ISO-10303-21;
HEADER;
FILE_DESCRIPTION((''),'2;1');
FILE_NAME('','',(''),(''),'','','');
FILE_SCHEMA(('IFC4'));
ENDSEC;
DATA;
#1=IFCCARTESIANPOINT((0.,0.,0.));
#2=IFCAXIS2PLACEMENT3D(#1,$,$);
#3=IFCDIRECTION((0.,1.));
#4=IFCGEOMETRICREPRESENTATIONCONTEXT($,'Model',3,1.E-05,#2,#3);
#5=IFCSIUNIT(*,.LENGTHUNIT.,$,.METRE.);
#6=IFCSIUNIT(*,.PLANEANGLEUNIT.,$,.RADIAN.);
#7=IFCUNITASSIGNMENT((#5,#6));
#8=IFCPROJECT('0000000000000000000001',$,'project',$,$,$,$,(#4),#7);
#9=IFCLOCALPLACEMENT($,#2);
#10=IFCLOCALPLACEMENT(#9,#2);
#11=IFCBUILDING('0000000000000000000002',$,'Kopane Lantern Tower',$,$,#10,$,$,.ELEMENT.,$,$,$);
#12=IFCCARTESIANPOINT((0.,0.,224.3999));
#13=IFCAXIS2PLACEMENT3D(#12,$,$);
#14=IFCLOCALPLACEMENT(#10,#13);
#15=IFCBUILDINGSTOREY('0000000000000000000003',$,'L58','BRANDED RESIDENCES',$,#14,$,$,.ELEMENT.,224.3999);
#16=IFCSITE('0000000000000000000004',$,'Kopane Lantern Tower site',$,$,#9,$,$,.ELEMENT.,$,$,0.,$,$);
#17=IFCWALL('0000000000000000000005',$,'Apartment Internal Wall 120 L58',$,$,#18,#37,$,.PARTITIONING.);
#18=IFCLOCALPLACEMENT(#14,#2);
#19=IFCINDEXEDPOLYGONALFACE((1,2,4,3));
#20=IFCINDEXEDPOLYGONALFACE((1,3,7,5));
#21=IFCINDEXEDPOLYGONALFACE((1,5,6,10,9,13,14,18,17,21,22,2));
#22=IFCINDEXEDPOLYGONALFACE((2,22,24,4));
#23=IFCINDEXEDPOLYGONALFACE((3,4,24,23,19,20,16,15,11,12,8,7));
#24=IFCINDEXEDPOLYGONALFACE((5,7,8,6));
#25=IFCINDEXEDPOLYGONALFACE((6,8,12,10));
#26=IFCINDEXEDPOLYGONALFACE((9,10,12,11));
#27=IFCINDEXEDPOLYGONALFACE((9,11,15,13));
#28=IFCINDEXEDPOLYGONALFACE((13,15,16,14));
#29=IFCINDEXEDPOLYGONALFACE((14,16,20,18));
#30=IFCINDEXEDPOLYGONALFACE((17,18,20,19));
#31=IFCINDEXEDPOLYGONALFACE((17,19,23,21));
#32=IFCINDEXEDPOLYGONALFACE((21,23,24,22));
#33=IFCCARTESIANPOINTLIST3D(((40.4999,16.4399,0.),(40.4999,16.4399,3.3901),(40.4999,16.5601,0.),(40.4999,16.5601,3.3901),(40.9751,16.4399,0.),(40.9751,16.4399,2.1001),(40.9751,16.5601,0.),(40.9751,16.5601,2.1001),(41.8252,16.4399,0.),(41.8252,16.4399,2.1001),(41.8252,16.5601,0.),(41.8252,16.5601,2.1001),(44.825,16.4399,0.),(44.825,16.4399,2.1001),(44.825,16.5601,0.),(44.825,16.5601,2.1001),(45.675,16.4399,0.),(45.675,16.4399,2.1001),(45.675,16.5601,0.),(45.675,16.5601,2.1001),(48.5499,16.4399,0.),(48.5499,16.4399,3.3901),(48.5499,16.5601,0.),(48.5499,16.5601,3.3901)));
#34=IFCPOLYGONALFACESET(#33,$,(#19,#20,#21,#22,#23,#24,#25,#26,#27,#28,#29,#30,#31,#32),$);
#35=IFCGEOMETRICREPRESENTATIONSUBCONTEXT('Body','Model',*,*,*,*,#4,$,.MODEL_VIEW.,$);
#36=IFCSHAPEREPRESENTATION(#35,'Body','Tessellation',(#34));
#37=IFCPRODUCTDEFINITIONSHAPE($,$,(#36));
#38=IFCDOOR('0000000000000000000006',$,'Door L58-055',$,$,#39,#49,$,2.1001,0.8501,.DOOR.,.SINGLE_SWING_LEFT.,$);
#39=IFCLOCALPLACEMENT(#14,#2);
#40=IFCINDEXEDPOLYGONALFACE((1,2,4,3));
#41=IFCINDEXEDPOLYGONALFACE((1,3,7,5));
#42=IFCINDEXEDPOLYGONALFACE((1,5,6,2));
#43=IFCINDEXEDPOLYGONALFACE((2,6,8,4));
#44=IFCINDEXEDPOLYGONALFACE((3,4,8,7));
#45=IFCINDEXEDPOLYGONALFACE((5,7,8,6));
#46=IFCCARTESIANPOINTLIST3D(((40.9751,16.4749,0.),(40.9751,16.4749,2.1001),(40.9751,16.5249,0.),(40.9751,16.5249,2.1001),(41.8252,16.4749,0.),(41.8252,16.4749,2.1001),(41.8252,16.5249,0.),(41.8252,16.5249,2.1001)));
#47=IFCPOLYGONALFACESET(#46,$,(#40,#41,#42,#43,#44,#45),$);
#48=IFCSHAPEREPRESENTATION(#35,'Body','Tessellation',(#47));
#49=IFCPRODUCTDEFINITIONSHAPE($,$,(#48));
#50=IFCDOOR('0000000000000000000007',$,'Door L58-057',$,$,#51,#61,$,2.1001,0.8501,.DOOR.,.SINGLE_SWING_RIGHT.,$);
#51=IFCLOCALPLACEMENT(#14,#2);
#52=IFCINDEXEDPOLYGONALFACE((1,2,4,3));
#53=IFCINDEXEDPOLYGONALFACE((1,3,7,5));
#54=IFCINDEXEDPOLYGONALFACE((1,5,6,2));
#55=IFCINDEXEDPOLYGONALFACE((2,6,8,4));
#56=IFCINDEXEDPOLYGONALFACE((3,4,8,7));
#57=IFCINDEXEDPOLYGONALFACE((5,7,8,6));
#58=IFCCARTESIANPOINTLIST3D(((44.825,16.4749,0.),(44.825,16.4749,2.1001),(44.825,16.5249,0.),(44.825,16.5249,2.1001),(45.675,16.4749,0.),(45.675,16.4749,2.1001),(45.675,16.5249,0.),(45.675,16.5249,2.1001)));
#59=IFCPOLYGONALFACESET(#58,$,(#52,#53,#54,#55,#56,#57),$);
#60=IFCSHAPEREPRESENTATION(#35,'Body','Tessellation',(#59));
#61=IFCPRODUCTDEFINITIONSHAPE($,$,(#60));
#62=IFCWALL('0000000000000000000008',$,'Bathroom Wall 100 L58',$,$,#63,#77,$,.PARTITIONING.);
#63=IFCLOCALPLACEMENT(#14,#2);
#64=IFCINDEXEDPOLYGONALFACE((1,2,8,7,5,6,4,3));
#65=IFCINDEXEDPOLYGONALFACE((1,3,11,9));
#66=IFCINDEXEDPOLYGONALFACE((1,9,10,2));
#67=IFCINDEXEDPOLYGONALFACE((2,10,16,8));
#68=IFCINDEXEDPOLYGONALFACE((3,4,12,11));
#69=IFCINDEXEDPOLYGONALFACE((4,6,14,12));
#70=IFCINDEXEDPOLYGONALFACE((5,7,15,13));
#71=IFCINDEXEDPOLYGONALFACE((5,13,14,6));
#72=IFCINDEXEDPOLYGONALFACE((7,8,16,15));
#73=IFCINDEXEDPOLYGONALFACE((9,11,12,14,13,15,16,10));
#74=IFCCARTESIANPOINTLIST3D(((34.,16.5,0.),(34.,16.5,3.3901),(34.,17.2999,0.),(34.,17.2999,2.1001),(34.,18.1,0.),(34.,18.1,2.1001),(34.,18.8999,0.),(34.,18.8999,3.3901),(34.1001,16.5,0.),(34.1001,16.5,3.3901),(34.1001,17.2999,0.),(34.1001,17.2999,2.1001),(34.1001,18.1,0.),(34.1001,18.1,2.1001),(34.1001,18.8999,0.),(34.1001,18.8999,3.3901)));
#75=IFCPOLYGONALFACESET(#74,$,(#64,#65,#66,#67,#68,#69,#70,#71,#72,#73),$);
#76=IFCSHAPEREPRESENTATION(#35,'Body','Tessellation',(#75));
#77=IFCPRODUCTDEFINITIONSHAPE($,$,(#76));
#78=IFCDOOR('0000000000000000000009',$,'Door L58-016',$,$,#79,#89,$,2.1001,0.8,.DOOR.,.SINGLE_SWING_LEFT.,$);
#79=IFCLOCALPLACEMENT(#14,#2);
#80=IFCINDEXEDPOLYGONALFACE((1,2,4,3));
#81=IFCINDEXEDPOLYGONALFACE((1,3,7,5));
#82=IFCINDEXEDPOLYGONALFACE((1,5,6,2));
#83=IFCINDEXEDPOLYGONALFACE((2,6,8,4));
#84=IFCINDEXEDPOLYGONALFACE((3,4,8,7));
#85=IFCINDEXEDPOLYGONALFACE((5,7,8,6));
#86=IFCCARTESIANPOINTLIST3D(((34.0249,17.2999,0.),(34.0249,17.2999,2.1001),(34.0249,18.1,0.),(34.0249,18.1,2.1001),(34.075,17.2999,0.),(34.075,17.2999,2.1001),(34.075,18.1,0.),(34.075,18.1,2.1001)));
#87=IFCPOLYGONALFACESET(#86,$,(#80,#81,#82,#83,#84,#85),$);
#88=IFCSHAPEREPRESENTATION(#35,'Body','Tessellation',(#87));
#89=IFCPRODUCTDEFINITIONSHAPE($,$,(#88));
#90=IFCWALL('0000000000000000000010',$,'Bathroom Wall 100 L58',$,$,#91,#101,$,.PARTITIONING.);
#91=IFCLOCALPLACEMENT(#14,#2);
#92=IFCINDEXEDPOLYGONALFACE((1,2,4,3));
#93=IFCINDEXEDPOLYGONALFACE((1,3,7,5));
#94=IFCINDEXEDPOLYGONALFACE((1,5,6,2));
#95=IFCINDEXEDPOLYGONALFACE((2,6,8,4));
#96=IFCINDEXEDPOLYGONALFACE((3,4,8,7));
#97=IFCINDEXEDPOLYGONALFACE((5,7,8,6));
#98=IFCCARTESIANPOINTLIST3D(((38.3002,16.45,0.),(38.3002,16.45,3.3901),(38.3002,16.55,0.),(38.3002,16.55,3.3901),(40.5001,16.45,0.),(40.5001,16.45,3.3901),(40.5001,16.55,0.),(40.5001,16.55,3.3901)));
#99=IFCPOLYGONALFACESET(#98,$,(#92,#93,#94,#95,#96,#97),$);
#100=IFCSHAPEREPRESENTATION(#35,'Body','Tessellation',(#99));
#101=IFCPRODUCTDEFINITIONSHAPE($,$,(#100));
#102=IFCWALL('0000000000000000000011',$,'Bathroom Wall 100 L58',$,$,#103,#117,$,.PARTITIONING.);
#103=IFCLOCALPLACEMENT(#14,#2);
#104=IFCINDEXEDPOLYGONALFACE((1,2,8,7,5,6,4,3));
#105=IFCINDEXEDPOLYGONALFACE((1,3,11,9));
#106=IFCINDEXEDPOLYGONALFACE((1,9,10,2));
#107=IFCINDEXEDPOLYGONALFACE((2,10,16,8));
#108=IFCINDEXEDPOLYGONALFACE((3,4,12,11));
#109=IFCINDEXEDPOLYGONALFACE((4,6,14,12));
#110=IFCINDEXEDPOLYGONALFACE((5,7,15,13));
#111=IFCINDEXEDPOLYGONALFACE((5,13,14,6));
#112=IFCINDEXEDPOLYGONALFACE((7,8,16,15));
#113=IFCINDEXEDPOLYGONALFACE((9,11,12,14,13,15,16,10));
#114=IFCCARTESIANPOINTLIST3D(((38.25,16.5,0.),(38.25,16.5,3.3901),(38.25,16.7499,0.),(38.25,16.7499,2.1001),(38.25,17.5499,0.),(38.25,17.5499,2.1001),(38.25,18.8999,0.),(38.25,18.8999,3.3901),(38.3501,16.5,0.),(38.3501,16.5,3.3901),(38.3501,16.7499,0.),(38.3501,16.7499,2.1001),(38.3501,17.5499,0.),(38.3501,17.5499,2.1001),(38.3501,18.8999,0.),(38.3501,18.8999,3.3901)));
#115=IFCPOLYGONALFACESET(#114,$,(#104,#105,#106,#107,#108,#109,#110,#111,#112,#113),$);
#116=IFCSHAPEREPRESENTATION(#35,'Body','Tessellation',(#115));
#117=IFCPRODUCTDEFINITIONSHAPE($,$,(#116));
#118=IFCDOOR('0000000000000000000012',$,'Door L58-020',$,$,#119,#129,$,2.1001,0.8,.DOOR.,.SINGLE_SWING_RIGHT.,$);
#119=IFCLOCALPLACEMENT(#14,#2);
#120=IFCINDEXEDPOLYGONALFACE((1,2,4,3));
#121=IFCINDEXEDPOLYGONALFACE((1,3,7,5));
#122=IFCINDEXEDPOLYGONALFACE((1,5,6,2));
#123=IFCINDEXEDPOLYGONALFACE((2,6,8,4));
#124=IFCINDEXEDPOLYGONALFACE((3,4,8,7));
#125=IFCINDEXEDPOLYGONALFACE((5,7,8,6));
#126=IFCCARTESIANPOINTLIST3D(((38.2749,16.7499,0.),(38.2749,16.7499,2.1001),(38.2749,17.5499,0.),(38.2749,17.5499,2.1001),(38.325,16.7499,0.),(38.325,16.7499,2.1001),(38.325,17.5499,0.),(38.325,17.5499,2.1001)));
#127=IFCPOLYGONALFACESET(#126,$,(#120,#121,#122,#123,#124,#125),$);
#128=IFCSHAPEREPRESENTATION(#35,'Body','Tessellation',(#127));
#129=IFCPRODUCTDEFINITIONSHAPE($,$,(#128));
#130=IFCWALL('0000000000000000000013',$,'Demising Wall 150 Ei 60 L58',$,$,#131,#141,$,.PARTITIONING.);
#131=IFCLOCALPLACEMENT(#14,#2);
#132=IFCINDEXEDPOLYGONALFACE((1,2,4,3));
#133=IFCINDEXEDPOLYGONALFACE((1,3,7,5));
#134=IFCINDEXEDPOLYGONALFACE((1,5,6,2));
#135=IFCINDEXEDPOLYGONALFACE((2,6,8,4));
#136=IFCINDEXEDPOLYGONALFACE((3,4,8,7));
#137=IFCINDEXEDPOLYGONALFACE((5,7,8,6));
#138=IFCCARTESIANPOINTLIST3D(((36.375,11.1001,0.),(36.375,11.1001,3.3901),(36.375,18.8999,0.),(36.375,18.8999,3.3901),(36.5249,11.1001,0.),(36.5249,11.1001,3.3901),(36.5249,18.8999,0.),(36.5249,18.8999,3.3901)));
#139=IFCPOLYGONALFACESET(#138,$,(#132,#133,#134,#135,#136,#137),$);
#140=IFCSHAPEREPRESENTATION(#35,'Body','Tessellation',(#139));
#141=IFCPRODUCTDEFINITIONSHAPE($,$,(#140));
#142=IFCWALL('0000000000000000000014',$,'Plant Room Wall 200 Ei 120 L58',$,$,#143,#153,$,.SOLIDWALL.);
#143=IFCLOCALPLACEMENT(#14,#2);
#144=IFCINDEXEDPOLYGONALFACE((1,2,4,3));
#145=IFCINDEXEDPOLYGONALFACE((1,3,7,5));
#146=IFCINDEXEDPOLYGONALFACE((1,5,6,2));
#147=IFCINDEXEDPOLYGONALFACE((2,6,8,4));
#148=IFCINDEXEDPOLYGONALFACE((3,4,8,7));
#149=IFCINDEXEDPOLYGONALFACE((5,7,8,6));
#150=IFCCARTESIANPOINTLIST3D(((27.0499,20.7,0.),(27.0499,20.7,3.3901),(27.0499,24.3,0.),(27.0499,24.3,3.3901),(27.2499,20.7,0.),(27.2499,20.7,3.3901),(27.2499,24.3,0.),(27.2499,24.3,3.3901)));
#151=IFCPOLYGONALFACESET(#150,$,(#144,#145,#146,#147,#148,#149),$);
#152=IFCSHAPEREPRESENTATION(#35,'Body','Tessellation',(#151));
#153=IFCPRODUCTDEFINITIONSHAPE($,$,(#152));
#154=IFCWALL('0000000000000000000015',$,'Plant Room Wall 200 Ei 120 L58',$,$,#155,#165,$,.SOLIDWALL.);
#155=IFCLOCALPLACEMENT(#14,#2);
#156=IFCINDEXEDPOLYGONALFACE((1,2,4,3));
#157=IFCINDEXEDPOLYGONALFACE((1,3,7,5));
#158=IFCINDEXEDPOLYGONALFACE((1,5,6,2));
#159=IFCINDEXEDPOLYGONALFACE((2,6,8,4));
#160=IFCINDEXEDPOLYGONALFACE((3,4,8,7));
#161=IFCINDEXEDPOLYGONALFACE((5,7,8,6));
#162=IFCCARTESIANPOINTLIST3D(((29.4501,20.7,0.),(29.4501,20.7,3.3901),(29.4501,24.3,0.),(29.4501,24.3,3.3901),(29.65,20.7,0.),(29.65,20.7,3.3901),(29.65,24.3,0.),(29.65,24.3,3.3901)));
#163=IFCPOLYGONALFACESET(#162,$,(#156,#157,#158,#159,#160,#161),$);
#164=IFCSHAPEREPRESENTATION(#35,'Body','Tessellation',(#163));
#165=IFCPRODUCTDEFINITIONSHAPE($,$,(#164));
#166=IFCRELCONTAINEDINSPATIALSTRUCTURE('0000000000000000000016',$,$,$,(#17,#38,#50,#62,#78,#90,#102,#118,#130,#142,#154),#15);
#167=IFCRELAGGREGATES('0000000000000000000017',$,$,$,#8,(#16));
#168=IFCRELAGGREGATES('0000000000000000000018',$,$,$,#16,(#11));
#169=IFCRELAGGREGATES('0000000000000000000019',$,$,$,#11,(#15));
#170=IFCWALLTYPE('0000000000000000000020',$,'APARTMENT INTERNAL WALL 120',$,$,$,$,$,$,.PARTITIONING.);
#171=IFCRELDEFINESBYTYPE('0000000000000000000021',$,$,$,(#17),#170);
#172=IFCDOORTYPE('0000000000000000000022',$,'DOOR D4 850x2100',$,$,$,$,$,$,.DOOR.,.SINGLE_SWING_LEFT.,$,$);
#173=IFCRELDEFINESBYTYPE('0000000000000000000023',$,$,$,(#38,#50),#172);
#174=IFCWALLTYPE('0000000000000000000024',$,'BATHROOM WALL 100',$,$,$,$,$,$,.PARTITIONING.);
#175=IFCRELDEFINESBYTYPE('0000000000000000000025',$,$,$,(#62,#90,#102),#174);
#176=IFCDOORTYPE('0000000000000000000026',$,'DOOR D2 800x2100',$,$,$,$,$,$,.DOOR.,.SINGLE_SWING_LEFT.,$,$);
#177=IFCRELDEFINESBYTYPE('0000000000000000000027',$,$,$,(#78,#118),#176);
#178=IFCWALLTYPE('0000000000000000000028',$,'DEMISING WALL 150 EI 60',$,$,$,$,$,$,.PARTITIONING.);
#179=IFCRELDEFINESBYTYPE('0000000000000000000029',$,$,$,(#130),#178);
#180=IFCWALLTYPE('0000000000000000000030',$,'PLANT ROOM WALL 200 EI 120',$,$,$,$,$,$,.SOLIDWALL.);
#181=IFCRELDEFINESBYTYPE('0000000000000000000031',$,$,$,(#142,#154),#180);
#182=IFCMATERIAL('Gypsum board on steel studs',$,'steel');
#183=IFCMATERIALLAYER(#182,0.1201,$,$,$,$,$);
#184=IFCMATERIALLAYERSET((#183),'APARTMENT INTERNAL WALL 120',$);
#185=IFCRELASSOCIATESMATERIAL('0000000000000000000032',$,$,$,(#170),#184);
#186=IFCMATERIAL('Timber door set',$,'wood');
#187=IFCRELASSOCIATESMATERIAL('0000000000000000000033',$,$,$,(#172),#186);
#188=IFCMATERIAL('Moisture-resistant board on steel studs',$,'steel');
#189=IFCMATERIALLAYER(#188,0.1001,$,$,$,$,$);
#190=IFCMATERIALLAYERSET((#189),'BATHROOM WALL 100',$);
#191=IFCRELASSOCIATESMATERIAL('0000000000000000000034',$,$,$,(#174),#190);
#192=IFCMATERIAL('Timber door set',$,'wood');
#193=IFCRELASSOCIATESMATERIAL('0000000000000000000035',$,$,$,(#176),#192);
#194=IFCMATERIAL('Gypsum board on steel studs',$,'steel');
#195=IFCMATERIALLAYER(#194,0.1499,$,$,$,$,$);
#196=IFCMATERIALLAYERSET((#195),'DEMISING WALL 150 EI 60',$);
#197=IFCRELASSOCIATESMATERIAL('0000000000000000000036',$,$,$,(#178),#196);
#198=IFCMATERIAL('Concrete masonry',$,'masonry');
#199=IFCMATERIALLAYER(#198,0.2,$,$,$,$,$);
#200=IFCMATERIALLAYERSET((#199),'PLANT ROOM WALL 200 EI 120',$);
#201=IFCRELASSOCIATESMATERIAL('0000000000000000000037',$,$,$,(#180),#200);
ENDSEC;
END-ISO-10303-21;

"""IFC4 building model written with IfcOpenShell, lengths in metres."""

from ifc_helpers import new_model, si_unit, direction, frame, frame_2d, origin, place, context, subcontext, project, spatial, rectangle, extrude, material, layer, layer_set, type_object, element, fill, save


model = new_model("IFC4")

# Units and contexts
model_context = context("Model", 3, precision=1e-05, world=origin(), true_north=direction((0.0, 1.0)))
body_context = subcontext(model_context, "Body", "Model", "MODEL_VIEW")
ifc_project = project(units=[si_unit("LENGTHUNIT", "METRE"), si_unit("PLANEANGLEUNIT", "RADIAN")], contexts=[model_context])

# Site, building, storey
site_placement = place(None, origin())
site = spatial("IfcSite", under=ifc_project, at=site_placement, Name="Kopane Lantern Tower site", CompositionType="ELEMENT", RefElevation=0.0)
building_placement = place(site_placement, origin())
building = spatial("IfcBuilding", under=site, at=building_placement, Name="Kopane Lantern Tower", CompositionType="ELEMENT")
storey_placement = place(building_placement, frame((0.0, 0.0, 224.3999)))
storey = spatial("IfcBuildingStorey", under=building, at=storey_placement, Name="L58", Description="BRANDED RESIDENCES", CompositionType="ELEMENT", Elevation=224.3999)

# Shared definitions
ifc_material_1 = material(Name="Gypsum board on steel studs", Category="steel")
ifc_layer_1 = layer(ifc_material_1, 0.1201)
ifc_layer_set_1 = layer_set([ifc_layer_1], Name="APARTMENT INTERNAL WALL 120")
wall_type_1 = type_object("IfcWallType", Name="APARTMENT INTERNAL WALL 120", PredefinedType="PARTITIONING", material=ifc_layer_set_1)

# Wall, openings, doors
wall_1_placement = place(storey_placement, frame((40.5, 16.5, 0.0), z_axis=(0.0, 0.0, 1.0), x_axis=(1.0, 0.0, 0.0)))
wall_1 = element("IfcWall", 1, at=wall_1_placement, inside=storey, type_object=wall_type_1, Name="Apartment Internal Wall 120 L58", PredefinedType="PARTITIONING", context=body_context, shape_type="SweptSolid", body=[
    extrude(rectangle(XDim=8.05, YDim=0.1201, at=frame_2d((4.0249, 0.0))), origin(), (0.0, 0.0, 1.0), 3.3901),
])
opening_1_placement = place(wall_1_placement, frame((0.4751, 0.0, 0.0)))
opening_1 = element("IfcOpeningElement", 2, at=opening_1_placement, cuts=wall_1, PredefinedType="OPENING", context=body_context, shape_type="SweptSolid", body=[
    extrude(rectangle(XDim=0.8501, YDim=2.1001, at=frame_2d((0.425, 1.05))), frame((0.0, 0.0701, 0.0), z_axis=(0.0, -1.0, 0.0), x_axis=(1.0, 0.0, 0.0)), (0.0, 0.0, 1.0), 0.1401),
])
opening_2_placement = place(wall_1_placement, frame((4.325, 0.0, 0.0)))
opening_2 = element("IfcOpeningElement", 3, at=opening_2_placement, cuts=wall_1, PredefinedType="OPENING", context=body_context, shape_type="SweptSolid", body=[
    extrude(rectangle(XDim=0.8501, YDim=2.1001, at=frame_2d((0.425, 1.05))), frame((0.0, 0.0701, 0.0), z_axis=(0.0, -1.0, 0.0), x_axis=(1.0, 0.0, 0.0)), (0.0, 0.0, 1.0), 0.1401),
])
ifc_material_2 = material(Name="Timber door set", Category="wood")
door_type_1 = type_object("IfcDoorType", Name="DOOR D4 850x2100", OperationType="SINGLE_SWING_LEFT", PredefinedType="DOOR", material=ifc_material_2)
door_1_placement = place(opening_1_placement, origin())
door_1 = element("IfcDoor", 4, at=door_1_placement, inside=storey, type_object=door_type_1, Name="Door L58-055", OperationType="SINGLE_SWING_LEFT", OverallHeight=2.1001, OverallWidth=0.8501, PredefinedType="DOOR", context=body_context, shape_type="SweptSolid", body=[
    extrude(rectangle(XDim=0.8501, YDim=2.1001, at=frame_2d((0.425, 1.05))), frame((0.0, 0.0249, 0.0), z_axis=(0.0, -1.0, 0.0), x_axis=(1.0, 0.0, 0.0)), (0.0, 0.0, 1.0), 0.05),
])
fill(opening_1, door_1)
door_2_placement = place(opening_2_placement, origin())
door_2 = element("IfcDoor", 5, at=door_2_placement, inside=storey, type_object=door_type_1, Name="Door L58-057", OperationType="SINGLE_SWING_RIGHT", OverallHeight=2.1001, OverallWidth=0.8501, PredefinedType="DOOR", context=body_context, shape_type="SweptSolid", body=[
    extrude(rectangle(XDim=0.8501, YDim=2.1001, at=frame_2d((0.425, 1.05))), frame((0.0, 0.0249, 0.0), z_axis=(0.0, -1.0, 0.0), x_axis=(1.0, 0.0, 0.0)), (0.0, 0.0, 1.0), 0.05),
])
fill(opening_2, door_2)

# Wall, opening, door
ifc_material_3 = material(Name="Moisture-resistant board on steel studs", Category="steel")
ifc_layer_2 = layer(ifc_material_3, 0.1001)
ifc_layer_set_2 = layer_set([ifc_layer_2], Name="BATHROOM WALL 100")
wall_type_2 = type_object("IfcWallType", Name="BATHROOM WALL 100", PredefinedType="PARTITIONING", material=ifc_layer_set_2)
wall_2_placement = place(storey_placement, frame((34.05, 18.8999, 0.0), z_axis=(0.0, 0.0, 1.0), x_axis=(0.0, -1.0, 0.0)))
wall_2 = element("IfcWall", 6, at=wall_2_placement, inside=storey, type_object=wall_type_2, Name="Bathroom Wall 100 L58", PredefinedType="PARTITIONING", context=body_context, shape_type="SweptSolid", body=[
    extrude(rectangle(XDim=2.3999, YDim=0.1001, at=frame_2d((1.2, 0.0))), origin(), (0.0, 0.0, 1.0), 3.3901),
])
opening_3_placement = place(wall_2_placement, frame((0.8, 0.0, 0.0)))
opening_3 = element("IfcOpeningElement", 7, at=opening_3_placement, cuts=wall_2, PredefinedType="OPENING", context=body_context, shape_type="SweptSolid", body=[
    extrude(rectangle(XDim=0.8, YDim=2.1001, at=frame_2d((0.3999, 1.05))), frame((0.0, 0.0601, 0.0), z_axis=(0.0, -1.0, 0.0), x_axis=(1.0, 0.0, 0.0)), (0.0, 0.0, 1.0), 0.1201),
])
ifc_material_4 = material(Name="Timber door set", Category="wood")
door_type_2 = type_object("IfcDoorType", Name="DOOR D2 800x2100", OperationType="SINGLE_SWING_LEFT", PredefinedType="DOOR", material=ifc_material_4)
door_3_placement = place(opening_3_placement, origin())
door_3 = element("IfcDoor", 8, at=door_3_placement, inside=storey, type_object=door_type_2, Name="Door L58-016", OperationType="SINGLE_SWING_LEFT", OverallHeight=2.1001, OverallWidth=0.8, PredefinedType="DOOR", context=body_context, shape_type="SweptSolid", body=[
    extrude(rectangle(XDim=0.8, YDim=2.1001, at=frame_2d((0.3999, 1.05))), frame((0.0, 0.0249, 0.0), z_axis=(0.0, -1.0, 0.0), x_axis=(1.0, 0.0, 0.0)), (0.0, 0.0, 1.0), 0.05),
])
fill(opening_3, door_3)

# Wall
wall_3_placement = place(storey_placement, frame((38.3, 16.5, 0.0), z_axis=(0.0, 0.0, 1.0), x_axis=(1.0, 0.0, 0.0)))
element("IfcWall", 9, at=wall_3_placement, inside=storey, type_object=wall_type_2, Name="Bathroom Wall 100 L58", PredefinedType="PARTITIONING", context=body_context, shape_type="SweptSolid", body=[
    extrude(rectangle(XDim=2.2, YDim=0.1001, at=frame_2d((1.1001, 0.0))), origin(), (0.0, 0.0, 1.0), 3.3901),
])

# Wall, opening, door
wall_4_placement = place(storey_placement, frame((38.3, 18.8999, 0.0), z_axis=(0.0, 0.0, 1.0), x_axis=(0.0, -1.0, 0.0)))
wall_4 = element("IfcWall", 10, at=wall_4_placement, inside=storey, type_object=wall_type_2, Name="Bathroom Wall 100 L58", PredefinedType="PARTITIONING", context=body_context, shape_type="SweptSolid", body=[
    extrude(rectangle(XDim=2.3999, YDim=0.1001, at=frame_2d((1.2, 0.0))), origin(), (0.0, 0.0, 1.0), 3.3901),
])
opening_4_placement = place(wall_4_placement, frame((1.3501, 0.0, 0.0)))
opening_4 = element("IfcOpeningElement", 11, at=opening_4_placement, cuts=wall_4, PredefinedType="OPENING", context=body_context, shape_type="SweptSolid", body=[
    extrude(rectangle(XDim=0.8, YDim=2.1001, at=frame_2d((0.3999, 1.05))), frame((0.0, 0.0601, 0.0), z_axis=(0.0, -1.0, 0.0), x_axis=(1.0, 0.0, 0.0)), (0.0, 0.0, 1.0), 0.1201),
])
door_4_placement = place(opening_4_placement, origin())
door_4 = element("IfcDoor", 12, at=door_4_placement, inside=storey, type_object=door_type_2, Name="Door L58-020", OperationType="SINGLE_SWING_RIGHT", OverallHeight=2.1001, OverallWidth=0.8, PredefinedType="DOOR", context=body_context, shape_type="SweptSolid", body=[
    extrude(rectangle(XDim=0.8, YDim=2.1001, at=frame_2d((0.3999, 1.05))), frame((0.0, 0.0249, 0.0), z_axis=(0.0, -1.0, 0.0), x_axis=(1.0, 0.0, 0.0)), (0.0, 0.0, 1.0), 0.05),
])
fill(opening_4, door_4)

# Walls
ifc_material_5 = material(Name="Gypsum board on steel studs", Category="steel")
ifc_layer_3 = layer(ifc_material_5, 0.1499)
ifc_layer_set_3 = layer_set([ifc_layer_3], Name="DEMISING WALL 150 EI 60")
wall_type_3 = type_object("IfcWallType", Name="DEMISING WALL 150 EI 60", PredefinedType="PARTITIONING", material=ifc_layer_set_3)
wall_5_placement = place(storey_placement, frame((36.45, 18.8999, 0.0), z_axis=(0.0, 0.0, 1.0), x_axis=(0.0, -1.0, 0.0)))
element("IfcWall", 13, at=wall_5_placement, inside=storey, type_object=wall_type_3, Name="Demising Wall 150 Ei 60 L58", PredefinedType="PARTITIONING", context=body_context, shape_type="SweptSolid", body=[
    extrude(rectangle(XDim=7.7998, YDim=0.1499, at=frame_2d((3.8999, 0.0))), origin(), (0.0, 0.0, 1.0), 3.3901),
])
ifc_material_6 = material(Name="Concrete masonry", Category="masonry")
ifc_layer_4 = layer(ifc_material_6, 0.2)
ifc_layer_set_4 = layer_set([ifc_layer_4], Name="PLANT ROOM WALL 200 EI 120")
wall_type_4 = type_object("IfcWallType", Name="PLANT ROOM WALL 200 EI 120", PredefinedType="SOLIDWALL", material=ifc_layer_set_4)
for number, where, z_axis, x_axis, name in (
    (14, (27.1499, 20.7, 0.0), (0.0, 0.0, 1.0), (0.0, 1.0, 0.0), "Plant Room Wall 200 Ei 120 L58"),
    (15, (29.55, 20.7, 0.0), (0.0, 0.0, 1.0), (0.0, 1.0, 0.0), "Plant Room Wall 200 Ei 120 L58"),
):
    element("IfcWall", number, at=place(storey_placement, frame(where, z_axis=z_axis, x_axis=x_axis)), inside=storey, type_object=wall_type_4, Name=name, PredefinedType="SOLIDWALL", context=body_context, shape_type="SweptSolid", body=[
        extrude(rectangle(XDim=3.6001, YDim=0.2, at=frame_2d((1.8, 0.0))), origin(), (0.0, 0.0, 1.0), 3.3901),
    ])

save(model, "model.ifc")
